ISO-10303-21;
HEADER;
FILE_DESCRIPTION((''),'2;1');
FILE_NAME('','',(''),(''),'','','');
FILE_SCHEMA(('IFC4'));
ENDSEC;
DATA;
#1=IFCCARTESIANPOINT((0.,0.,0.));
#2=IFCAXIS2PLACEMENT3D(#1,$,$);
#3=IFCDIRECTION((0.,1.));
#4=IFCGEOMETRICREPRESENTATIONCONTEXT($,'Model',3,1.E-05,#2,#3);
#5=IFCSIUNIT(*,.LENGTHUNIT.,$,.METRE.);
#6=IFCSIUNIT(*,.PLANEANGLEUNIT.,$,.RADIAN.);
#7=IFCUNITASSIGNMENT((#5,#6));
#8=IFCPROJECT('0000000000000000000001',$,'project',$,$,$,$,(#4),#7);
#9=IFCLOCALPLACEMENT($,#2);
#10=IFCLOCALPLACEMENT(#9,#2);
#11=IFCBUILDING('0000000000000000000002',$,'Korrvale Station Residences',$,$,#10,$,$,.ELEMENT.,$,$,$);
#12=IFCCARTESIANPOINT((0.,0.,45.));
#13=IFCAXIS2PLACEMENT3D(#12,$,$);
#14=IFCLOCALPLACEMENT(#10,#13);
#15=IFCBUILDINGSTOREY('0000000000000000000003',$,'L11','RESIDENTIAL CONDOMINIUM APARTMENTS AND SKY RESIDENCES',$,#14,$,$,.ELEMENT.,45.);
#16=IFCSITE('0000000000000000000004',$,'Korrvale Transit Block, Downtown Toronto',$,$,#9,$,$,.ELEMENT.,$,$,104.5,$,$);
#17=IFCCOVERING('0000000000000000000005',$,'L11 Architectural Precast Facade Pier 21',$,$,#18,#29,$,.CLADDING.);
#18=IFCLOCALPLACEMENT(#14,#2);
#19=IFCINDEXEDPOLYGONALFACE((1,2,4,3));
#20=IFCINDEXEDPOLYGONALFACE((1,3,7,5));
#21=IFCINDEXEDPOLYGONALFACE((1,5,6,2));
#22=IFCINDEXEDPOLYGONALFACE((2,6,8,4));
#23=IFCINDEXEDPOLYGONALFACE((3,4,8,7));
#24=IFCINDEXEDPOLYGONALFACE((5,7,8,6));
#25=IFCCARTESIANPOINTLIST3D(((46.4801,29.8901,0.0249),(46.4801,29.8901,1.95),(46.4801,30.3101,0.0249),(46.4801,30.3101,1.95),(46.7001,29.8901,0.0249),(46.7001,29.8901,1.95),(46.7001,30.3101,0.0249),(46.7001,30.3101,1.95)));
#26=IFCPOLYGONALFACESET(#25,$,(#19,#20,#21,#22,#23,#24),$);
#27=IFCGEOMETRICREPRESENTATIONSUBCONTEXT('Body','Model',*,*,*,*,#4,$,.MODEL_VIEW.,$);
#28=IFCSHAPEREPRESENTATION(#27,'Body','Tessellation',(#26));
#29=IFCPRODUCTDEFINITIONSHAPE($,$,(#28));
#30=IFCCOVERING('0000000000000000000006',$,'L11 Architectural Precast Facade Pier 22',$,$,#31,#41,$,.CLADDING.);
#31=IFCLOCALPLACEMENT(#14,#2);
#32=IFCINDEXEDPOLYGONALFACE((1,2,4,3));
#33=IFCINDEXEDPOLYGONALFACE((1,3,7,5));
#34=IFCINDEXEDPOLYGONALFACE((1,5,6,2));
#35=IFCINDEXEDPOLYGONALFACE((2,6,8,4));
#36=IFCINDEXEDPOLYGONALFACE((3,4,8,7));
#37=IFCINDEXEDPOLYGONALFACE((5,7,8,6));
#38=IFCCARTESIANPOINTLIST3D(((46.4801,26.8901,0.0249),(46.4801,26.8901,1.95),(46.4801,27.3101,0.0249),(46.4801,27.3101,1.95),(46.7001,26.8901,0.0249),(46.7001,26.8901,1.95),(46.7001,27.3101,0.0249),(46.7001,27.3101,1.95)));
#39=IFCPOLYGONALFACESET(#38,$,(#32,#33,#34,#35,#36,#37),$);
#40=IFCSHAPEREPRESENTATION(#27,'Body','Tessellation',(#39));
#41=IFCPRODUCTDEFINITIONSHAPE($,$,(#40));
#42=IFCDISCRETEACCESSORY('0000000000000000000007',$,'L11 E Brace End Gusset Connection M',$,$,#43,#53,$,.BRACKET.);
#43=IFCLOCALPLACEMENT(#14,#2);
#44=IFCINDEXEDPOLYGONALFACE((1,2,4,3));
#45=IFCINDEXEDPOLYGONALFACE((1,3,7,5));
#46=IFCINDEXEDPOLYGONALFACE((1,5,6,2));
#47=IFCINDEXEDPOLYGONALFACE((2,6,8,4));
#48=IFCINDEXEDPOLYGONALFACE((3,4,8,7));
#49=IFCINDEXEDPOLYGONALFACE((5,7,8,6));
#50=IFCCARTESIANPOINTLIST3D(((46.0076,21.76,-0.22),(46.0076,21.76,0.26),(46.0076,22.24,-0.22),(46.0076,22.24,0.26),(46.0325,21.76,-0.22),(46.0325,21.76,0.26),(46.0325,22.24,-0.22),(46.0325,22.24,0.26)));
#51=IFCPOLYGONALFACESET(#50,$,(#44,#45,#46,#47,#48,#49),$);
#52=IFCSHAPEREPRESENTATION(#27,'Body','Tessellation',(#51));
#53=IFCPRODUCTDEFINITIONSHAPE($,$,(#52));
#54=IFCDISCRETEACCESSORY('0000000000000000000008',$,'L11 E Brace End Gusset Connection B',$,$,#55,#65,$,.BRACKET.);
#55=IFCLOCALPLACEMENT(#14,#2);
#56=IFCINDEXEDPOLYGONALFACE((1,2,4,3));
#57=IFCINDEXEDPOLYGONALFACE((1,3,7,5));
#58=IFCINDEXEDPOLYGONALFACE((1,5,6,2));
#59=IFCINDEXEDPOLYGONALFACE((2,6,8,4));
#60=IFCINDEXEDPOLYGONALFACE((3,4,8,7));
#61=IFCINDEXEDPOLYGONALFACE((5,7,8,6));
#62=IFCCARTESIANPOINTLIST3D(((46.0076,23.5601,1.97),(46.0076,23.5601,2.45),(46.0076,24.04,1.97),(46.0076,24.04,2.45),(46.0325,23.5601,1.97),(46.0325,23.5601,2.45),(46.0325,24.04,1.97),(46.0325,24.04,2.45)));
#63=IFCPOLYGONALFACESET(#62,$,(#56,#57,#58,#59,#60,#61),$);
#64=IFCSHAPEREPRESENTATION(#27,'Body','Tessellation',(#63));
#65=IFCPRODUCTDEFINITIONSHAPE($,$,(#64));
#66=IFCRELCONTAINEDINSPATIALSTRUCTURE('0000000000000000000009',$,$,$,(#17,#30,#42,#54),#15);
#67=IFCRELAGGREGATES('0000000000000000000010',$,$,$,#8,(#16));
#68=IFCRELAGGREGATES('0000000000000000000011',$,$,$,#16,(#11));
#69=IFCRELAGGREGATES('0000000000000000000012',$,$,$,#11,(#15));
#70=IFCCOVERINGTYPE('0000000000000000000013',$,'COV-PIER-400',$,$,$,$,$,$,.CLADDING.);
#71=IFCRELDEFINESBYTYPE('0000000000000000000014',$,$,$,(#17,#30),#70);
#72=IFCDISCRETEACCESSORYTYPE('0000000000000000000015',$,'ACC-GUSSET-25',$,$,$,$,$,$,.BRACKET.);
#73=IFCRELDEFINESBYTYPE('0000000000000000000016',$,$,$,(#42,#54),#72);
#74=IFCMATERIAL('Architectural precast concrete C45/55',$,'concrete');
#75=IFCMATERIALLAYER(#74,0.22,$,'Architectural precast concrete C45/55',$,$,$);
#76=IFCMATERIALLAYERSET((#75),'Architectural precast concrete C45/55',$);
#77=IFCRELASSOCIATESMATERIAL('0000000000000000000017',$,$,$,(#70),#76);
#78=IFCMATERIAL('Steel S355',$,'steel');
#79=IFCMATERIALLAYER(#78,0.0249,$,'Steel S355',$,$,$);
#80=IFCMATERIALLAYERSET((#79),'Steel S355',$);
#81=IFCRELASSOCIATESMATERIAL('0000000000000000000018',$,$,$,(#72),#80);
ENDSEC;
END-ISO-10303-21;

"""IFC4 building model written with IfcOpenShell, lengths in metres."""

from ifc_helpers import new_model, si_unit, direction, frame, origin, origin_2d, place, context, subcontext, project, spatial, rectangle, extrude, material, layer, layer_set, type_object, element, save


model = new_model("IFC4")

# Units and contexts
model_context = context("Model", 3, precision=1e-05, world=origin(), true_north=direction((0.0, 1.0)))
body_context = subcontext(model_context, "Body", "Model", "MODEL_VIEW")
ifc_project = project(units=[si_unit("LENGTHUNIT", "METRE"), si_unit("PLANEANGLEUNIT", "RADIAN")], contexts=[model_context])

# Site, building, storey
site_placement = place(None, origin())
site = spatial("IfcSite", under=ifc_project, at=site_placement, Name="Korrvale Transit Block, Downtown Toronto", CompositionType="ELEMENT", RefElevation=104.5)
building_placement = place(site_placement, origin())
building = spatial("IfcBuilding", under=site, at=building_placement, Name="Korrvale Station Residences", CompositionType="ELEMENT")
storey_placement = place(building_placement, frame((0.0, 0.0, 45.0)))
storey = spatial("IfcBuildingStorey", under=building, at=storey_placement, Name="L11", Description="RESIDENTIAL CONDOMINIUM APARTMENTS AND SKY RESIDENCES", CompositionType="ELEMENT", Elevation=45.0)

# Shared definitions
ifc_material_1 = material(Name="Steel S355", Category="steel")

# Coverings
ifc_material_2 = material(Name="Architectural precast concrete C45/55", Category="concrete")
ifc_layer_1 = layer(ifc_material_2, 0.22, Name="Architectural precast concrete C45/55")
ifc_layer_set_1 = layer_set([ifc_layer_1], Name="Architectural precast concrete C45/55")
covering_type = type_object("IfcCoveringType", Name="COV-PIER-400", PredefinedType="CLADDING", material=ifc_layer_set_1)
for number, where, z_axis, x_axis, name in (
    (1, (46.5901, 30.1001, 0.0249), (0.0, 0.0, 1.0), (0.0, 1.0, 0.0), "L11 Architectural Precast Facade Pier 21"),
    (2, (46.5901, 27.1001, 0.0249), (0.0, 0.0, 1.0), (0.0, 1.0, 0.0), "L11 Architectural Precast Facade Pier 22"),
):
    element("IfcCovering", number, at=place(storey_placement, frame(where, z_axis=z_axis, x_axis=x_axis)), inside=storey, type_object=covering_type, Name=name, PredefinedType="CLADDING", context=body_context, shape_type="SweptSolid", body=[
        extrude(rectangle(XDim=0.4199, YDim=0.22, at=origin_2d()), origin(), (0.0, 0.0, 1.0), 1.925),
    ])

# Discrete accessories
ifc_layer_2 = layer(ifc_material_1, 0.0249, Name="Steel S355")
ifc_layer_set_2 = layer_set([ifc_layer_2], Name="Steel S355")
discrete_accessory_type = type_object("IfcDiscreteAccessoryType", Name="ACC-GUSSET-25", PredefinedType="BRACKET", material=ifc_layer_set_2)
for number, where, z_axis, x_axis, name in (
    (3, (46.02, 22.0, -0.22), (0.0, 0.0, 1.0), (0.0, 1.0, 0.0), "L11 E Brace End Gusset Connection M"),
    (4, (46.02, 23.8, 1.97), (0.0, 0.0, 1.0), (0.0, 1.0, 0.0), "L11 E Brace End Gusset Connection B"),
):
    element("IfcDiscreteAccessory", number, at=place(storey_placement, frame(where, z_axis=z_axis, x_axis=x_axis)), inside=storey, type_object=discrete_accessory_type, Name=name, PredefinedType="BRACKET", context=body_context, shape_type="SweptSolid", body=[
        extrude(rectangle(XDim=0.48, YDim=0.0249, at=origin_2d()), origin(), (0.0, 0.0, 1.0), 0.48),
    ])

save(model, "model.ifc")
